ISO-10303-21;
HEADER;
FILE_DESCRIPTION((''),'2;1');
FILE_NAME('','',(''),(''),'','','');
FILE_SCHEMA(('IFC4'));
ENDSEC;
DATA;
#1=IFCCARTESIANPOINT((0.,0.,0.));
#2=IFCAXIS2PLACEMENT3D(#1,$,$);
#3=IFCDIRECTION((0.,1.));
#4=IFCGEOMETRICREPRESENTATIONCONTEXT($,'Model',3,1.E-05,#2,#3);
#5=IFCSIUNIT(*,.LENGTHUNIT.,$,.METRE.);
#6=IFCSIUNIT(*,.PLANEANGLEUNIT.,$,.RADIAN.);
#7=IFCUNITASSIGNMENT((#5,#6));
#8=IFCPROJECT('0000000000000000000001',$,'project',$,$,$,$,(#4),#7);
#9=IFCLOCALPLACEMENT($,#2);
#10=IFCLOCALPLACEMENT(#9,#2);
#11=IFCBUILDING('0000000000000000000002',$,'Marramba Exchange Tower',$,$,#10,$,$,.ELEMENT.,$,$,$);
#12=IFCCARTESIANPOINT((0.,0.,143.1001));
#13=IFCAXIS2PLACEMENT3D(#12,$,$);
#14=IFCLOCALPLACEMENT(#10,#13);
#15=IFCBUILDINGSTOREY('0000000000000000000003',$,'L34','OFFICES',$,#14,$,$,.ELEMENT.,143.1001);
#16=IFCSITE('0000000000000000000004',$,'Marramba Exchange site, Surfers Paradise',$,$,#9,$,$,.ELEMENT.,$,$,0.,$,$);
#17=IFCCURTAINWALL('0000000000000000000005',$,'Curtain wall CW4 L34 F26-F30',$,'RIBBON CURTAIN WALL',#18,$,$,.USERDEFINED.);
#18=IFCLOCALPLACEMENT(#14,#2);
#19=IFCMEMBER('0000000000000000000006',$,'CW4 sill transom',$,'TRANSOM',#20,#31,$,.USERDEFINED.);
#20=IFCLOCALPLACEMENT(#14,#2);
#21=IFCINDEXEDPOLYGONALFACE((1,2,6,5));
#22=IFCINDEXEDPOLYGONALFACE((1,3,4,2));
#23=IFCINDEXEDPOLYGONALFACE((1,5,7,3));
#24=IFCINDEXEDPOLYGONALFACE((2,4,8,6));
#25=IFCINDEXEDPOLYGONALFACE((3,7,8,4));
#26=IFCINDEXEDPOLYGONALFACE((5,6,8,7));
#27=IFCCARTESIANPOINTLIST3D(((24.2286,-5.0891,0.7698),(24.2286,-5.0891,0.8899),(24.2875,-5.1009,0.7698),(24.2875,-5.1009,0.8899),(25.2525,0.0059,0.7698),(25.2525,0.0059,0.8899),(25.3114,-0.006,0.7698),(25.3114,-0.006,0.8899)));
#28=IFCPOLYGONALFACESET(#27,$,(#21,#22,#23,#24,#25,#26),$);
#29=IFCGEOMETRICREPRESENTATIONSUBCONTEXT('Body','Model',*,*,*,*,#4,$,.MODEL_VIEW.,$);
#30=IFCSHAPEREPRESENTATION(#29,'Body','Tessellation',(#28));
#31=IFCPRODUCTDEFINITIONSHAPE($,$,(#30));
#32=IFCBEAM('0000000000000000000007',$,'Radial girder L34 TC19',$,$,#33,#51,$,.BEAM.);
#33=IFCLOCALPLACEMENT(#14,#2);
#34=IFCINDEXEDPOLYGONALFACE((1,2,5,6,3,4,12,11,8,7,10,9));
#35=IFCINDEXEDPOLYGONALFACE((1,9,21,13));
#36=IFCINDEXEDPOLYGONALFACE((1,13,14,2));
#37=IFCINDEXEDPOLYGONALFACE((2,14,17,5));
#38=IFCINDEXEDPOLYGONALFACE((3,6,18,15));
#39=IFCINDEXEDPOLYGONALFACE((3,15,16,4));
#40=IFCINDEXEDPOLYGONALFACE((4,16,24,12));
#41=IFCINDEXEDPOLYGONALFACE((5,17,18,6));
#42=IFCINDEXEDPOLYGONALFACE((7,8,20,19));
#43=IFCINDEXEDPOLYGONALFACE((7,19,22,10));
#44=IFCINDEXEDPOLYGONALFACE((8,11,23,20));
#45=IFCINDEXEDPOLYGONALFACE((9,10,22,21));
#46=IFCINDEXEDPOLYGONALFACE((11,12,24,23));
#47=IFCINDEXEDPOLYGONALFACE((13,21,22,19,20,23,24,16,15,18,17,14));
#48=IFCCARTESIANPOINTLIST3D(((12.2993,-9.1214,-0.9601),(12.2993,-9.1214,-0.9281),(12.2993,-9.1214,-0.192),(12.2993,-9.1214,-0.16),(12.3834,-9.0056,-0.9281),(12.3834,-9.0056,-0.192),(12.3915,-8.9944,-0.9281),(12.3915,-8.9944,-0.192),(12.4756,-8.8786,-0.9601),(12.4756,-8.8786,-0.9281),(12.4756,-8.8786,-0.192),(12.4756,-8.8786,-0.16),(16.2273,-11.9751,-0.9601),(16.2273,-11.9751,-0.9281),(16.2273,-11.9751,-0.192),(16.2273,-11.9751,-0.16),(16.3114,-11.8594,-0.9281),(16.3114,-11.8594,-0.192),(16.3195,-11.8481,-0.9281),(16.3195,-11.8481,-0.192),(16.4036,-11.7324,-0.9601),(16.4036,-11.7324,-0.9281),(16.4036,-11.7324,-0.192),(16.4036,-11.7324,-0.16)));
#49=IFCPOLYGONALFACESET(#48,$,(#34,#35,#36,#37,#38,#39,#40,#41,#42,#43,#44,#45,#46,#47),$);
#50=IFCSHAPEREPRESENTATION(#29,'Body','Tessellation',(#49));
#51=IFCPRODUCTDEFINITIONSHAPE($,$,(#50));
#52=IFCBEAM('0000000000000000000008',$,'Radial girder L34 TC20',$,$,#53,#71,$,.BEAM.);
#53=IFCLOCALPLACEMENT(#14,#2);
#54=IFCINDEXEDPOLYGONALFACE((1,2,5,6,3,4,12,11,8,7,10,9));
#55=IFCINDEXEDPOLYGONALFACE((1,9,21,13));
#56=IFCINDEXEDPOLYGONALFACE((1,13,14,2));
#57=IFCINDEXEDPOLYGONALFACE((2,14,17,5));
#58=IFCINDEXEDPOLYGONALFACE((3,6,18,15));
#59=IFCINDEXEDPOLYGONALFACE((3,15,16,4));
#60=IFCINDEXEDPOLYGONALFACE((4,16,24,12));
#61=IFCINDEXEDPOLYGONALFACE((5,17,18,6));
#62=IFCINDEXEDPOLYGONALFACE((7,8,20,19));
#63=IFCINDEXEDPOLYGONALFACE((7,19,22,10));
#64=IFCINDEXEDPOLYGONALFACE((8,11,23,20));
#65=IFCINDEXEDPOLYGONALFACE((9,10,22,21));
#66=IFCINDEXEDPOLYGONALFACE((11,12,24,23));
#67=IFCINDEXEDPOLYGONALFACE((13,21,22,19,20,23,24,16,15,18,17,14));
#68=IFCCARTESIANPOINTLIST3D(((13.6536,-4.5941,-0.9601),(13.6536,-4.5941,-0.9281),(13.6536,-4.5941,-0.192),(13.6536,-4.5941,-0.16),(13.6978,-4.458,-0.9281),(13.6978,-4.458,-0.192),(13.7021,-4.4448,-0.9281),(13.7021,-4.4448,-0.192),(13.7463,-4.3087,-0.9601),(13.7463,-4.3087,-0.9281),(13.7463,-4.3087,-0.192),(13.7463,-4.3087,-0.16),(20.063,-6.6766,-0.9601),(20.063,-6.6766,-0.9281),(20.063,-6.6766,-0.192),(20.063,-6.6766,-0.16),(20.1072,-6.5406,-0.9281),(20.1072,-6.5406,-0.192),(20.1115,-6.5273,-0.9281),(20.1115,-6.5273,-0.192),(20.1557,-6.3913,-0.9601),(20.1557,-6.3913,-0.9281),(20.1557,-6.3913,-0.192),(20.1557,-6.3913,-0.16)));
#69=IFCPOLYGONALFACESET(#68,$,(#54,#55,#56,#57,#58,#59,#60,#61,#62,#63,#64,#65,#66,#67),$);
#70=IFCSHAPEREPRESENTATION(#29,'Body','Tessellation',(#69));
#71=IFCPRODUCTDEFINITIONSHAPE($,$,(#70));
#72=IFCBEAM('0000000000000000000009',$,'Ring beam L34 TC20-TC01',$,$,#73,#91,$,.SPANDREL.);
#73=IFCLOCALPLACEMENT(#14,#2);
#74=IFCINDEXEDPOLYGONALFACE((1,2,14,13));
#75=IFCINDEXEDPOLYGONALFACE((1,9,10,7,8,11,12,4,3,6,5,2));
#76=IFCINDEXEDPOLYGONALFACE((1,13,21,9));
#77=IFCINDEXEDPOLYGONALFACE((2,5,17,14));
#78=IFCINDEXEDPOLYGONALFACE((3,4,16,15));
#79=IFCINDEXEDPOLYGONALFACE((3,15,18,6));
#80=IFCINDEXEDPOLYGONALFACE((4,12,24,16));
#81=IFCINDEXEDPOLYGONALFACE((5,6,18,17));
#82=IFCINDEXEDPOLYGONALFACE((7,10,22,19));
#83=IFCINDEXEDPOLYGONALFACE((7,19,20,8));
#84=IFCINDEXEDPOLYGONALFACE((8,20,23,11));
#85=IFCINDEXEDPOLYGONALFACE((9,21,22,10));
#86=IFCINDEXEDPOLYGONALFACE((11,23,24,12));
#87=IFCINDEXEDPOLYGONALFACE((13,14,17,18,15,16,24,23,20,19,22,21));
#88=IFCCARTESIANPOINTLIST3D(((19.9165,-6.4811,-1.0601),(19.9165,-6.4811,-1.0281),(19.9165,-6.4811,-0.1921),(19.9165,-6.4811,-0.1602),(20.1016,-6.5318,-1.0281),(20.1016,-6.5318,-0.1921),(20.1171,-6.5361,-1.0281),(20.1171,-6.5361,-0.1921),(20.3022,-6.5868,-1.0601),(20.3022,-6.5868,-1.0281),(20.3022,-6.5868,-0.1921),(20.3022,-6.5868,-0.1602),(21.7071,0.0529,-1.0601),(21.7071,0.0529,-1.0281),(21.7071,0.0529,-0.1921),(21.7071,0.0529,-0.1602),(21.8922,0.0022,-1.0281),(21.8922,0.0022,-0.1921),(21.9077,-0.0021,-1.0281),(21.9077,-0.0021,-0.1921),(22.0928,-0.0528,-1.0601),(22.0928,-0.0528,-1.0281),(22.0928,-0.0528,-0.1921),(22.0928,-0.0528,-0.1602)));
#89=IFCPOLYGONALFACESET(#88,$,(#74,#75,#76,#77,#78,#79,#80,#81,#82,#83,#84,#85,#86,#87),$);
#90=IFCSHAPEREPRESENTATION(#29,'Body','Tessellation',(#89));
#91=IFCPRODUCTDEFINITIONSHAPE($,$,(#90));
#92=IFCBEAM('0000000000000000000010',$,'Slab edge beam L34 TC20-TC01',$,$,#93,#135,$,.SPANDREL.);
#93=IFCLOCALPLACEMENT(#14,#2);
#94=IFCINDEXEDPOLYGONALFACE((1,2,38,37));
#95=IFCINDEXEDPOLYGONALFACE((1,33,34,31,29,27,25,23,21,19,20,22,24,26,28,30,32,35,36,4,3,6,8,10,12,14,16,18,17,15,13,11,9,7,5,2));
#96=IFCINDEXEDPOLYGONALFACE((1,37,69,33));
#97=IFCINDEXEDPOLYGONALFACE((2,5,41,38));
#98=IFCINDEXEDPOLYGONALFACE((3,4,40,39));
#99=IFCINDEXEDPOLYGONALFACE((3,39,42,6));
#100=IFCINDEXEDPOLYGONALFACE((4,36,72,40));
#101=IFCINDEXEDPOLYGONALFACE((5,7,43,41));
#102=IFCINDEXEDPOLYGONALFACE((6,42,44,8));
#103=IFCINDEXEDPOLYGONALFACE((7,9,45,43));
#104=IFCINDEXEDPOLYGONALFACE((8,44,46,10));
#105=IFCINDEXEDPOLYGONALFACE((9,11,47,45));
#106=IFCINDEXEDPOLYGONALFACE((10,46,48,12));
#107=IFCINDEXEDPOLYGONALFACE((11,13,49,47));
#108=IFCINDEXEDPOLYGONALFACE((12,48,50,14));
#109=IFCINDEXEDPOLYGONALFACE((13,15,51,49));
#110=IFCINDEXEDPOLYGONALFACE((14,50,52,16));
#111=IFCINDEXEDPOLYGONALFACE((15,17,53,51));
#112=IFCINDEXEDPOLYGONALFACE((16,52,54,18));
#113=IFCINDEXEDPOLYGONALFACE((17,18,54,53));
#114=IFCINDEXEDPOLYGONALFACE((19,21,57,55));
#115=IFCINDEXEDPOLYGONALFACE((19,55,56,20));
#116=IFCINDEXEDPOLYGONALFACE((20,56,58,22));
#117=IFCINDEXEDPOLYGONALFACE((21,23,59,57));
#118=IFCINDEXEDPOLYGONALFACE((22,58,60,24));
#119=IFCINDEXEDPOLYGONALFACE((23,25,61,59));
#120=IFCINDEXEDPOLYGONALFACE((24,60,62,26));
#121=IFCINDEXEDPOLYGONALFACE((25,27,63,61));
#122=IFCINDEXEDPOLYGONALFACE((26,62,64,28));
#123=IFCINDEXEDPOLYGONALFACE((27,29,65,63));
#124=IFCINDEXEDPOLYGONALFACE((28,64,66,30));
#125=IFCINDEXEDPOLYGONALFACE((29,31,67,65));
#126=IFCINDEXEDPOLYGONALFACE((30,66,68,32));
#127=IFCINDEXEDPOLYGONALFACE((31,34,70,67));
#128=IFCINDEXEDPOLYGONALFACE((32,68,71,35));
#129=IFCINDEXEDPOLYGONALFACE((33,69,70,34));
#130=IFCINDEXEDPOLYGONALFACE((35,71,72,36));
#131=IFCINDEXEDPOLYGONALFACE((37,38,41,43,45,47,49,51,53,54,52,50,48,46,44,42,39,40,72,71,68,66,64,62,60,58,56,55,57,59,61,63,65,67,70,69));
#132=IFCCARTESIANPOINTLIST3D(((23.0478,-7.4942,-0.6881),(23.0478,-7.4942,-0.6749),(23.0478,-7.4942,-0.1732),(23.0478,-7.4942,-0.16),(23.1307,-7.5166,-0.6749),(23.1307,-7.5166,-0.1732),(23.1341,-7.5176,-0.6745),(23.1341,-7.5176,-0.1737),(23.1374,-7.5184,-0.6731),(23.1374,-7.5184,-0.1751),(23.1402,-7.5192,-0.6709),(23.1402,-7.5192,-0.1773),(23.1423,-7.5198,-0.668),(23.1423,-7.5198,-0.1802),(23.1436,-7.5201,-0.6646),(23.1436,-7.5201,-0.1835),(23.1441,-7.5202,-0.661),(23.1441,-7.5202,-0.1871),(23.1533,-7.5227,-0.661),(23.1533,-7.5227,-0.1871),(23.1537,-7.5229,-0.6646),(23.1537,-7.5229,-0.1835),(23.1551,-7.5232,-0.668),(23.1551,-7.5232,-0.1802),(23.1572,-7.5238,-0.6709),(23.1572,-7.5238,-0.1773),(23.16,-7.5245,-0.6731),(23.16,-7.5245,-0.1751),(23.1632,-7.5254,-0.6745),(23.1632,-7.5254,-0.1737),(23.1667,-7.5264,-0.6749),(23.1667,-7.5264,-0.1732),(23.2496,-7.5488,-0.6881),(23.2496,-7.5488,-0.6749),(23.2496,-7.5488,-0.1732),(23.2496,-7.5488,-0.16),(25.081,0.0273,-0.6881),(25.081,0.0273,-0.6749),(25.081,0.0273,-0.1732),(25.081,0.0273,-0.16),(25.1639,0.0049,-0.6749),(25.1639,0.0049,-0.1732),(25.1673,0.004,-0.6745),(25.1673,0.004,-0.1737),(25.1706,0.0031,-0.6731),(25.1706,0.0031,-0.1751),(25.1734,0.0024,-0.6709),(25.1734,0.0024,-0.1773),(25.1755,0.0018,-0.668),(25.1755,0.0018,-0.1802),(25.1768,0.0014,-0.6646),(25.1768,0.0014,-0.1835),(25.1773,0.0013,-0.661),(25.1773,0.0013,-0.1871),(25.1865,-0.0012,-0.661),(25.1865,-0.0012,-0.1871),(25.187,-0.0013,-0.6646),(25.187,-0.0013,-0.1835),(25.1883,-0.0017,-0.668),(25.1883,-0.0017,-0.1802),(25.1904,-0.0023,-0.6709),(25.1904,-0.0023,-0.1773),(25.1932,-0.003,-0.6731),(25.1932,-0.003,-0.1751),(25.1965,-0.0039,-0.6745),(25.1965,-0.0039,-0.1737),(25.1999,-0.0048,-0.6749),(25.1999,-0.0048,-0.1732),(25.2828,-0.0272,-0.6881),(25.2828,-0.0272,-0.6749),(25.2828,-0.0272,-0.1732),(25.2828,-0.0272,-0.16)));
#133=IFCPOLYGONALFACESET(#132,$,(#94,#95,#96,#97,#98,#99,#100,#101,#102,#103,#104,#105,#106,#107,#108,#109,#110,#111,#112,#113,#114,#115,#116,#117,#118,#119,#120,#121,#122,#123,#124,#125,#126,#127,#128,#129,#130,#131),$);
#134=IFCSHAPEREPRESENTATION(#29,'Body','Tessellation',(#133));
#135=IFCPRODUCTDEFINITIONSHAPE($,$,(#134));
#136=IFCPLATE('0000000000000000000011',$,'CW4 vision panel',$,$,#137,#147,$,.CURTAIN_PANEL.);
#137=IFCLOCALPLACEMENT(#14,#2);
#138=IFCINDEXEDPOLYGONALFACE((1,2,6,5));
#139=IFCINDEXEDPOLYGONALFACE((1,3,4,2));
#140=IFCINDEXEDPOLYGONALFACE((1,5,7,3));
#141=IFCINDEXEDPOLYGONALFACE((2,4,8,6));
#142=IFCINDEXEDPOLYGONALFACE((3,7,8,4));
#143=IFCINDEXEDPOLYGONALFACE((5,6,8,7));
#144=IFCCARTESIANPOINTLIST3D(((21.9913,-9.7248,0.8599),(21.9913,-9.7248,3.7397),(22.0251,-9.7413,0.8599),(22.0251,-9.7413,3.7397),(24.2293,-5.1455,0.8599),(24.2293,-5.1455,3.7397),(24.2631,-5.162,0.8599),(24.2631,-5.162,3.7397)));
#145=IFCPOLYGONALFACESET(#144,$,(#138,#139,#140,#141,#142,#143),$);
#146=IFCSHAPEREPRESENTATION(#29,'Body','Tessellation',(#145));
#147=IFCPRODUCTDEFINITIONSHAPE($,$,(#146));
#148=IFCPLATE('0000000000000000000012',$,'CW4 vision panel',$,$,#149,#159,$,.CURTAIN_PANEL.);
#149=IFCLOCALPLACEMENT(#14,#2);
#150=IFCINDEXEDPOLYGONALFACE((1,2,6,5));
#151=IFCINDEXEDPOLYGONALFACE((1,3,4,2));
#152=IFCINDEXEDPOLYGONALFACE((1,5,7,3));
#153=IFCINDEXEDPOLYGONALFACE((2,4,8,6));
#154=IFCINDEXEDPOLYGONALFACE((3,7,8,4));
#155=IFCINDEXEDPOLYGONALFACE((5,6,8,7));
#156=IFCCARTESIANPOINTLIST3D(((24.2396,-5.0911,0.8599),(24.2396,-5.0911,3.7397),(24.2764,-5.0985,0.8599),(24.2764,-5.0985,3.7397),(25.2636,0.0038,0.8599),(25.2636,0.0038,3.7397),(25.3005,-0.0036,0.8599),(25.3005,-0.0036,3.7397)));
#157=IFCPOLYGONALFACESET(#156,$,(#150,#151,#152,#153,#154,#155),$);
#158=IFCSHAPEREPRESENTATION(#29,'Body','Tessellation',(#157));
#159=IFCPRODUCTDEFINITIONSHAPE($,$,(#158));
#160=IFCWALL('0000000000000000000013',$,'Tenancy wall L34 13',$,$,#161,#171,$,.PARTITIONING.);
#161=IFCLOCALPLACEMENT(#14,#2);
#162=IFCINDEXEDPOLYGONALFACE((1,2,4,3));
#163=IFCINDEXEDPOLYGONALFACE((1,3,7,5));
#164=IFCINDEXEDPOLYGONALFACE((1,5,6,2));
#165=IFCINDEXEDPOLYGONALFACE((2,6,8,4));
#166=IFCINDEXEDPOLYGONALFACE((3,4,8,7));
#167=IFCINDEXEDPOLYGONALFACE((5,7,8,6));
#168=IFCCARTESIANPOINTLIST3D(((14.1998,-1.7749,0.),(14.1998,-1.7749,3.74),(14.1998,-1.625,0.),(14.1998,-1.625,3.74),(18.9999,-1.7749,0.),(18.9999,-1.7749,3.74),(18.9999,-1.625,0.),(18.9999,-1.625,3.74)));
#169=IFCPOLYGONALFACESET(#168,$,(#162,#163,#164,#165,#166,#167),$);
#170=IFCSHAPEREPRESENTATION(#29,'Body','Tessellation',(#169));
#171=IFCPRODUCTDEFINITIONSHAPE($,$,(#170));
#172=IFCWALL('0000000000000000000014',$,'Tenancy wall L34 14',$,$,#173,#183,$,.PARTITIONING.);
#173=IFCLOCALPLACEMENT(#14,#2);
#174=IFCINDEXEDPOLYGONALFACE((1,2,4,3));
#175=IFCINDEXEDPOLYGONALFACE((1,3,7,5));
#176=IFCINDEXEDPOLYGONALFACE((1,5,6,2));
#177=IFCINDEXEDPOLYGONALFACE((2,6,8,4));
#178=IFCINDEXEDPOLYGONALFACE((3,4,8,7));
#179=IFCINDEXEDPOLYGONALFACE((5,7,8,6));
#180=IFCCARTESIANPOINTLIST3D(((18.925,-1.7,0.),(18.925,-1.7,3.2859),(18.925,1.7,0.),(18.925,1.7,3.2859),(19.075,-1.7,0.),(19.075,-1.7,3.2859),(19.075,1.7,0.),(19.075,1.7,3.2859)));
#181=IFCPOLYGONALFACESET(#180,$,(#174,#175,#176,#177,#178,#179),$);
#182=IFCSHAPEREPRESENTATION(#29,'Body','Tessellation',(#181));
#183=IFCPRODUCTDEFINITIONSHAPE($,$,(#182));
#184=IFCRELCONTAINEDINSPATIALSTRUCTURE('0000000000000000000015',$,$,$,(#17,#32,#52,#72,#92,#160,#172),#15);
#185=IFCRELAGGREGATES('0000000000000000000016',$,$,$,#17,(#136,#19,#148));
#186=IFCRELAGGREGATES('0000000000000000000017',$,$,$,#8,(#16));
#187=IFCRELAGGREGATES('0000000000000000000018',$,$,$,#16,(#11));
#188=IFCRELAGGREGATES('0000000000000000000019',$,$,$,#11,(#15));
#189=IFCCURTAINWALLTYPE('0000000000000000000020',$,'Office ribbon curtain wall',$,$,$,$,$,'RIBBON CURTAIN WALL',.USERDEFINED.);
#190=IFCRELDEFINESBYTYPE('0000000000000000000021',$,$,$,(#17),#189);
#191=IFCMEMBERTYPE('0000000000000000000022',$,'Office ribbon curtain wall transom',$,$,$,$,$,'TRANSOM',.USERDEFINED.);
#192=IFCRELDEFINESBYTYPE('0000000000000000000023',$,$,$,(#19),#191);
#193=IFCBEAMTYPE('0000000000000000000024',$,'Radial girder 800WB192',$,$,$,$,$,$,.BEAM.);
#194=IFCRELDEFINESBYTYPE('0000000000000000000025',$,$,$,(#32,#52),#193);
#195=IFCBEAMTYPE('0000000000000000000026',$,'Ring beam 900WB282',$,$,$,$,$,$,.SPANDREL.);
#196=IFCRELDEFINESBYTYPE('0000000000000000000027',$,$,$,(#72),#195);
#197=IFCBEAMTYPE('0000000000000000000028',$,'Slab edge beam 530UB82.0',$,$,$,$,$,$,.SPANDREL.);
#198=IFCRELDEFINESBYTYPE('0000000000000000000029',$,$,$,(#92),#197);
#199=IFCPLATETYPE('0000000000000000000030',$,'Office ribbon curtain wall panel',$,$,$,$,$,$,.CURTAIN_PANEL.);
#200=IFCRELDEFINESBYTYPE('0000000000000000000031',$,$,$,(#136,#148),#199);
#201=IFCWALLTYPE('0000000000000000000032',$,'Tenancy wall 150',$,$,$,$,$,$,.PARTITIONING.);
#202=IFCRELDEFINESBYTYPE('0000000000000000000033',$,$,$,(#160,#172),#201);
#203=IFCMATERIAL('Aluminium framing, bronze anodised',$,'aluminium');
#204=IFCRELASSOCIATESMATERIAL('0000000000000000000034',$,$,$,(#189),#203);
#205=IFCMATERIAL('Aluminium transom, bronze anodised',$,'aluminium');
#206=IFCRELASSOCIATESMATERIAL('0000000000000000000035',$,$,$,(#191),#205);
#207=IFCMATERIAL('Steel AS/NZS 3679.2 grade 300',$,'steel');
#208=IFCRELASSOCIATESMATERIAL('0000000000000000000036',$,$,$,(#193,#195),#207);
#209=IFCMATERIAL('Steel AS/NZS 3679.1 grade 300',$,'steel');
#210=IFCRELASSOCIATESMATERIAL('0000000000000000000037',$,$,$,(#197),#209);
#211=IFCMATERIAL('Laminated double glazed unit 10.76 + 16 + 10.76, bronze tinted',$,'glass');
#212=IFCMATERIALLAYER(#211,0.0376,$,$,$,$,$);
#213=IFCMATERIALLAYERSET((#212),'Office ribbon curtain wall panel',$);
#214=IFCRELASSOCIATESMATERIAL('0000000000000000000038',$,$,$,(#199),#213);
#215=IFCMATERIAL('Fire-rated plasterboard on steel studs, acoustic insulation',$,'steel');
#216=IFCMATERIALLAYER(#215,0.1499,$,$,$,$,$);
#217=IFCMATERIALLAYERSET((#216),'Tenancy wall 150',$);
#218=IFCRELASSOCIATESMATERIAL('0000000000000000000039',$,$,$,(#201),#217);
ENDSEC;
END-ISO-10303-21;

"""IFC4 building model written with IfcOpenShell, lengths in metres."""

from ifc_helpers import new_model, si_unit, direction, frame, frame_2d, origin, origin_2d, place, context, subcontext, project, spatial, rectangle, i_section, extrude, material, layer, layer_set, material_profile, profile_set, type_object, element, aggregate, save


model = new_model("IFC4")

# Units and contexts
model_context = context("Model", 3, precision=1e-05, world=origin(), true_north=direction((0.0, 1.0)))
body_context = subcontext(model_context, "Body", "Model", "MODEL_VIEW")
ifc_project = project(units=[si_unit("LENGTHUNIT", "METRE"), si_unit("PLANEANGLEUNIT", "RADIAN")], contexts=[model_context])

# Site, building, storey
site_placement = place(None, origin())
site = spatial("IfcSite", under=ifc_project, at=site_placement, Name="Marramba Exchange site, Surfers Paradise", CompositionType="ELEMENT", RefElevation=0.0)
building_placement = place(site_placement, origin())
building = spatial("IfcBuilding", under=site, at=building_placement, Name="Marramba Exchange Tower", CompositionType="ELEMENT")
storey_placement = place(building_placement, frame((0.0, 0.0, 143.1001)))
storey = spatial("IfcBuildingStorey", under=building, at=storey_placement, Name="L34", Description="OFFICES", CompositionType="ELEMENT", Elevation=143.1001)

# Shared definitions
ifc_material_1 = material(Name="Steel AS/NZS 3679.2 grade 300", Category="steel")
ifc_material_2 = material(Name="Steel AS/NZS 3679.1 grade 300", Category="steel")

# Curtain wall, member
ifc_material_3 = material(Name="Aluminium framing, bronze anodised", Category="aluminium")
curtain_wall_type = type_object("IfcCurtainWallType", Name="Office ribbon curtain wall", ElementType="RIBBON CURTAIN WALL", PredefinedType="USERDEFINED", material=ifc_material_3)
curtain_wall_placement = place(storey_placement, origin())
curtain_wall = element("IfcCurtainWall", 1, at=curtain_wall_placement, inside=storey, type_object=curtain_wall_type, Name="Curtain wall CW4 L34 F26-F30", ObjectType="RIBBON CURTAIN WALL", PredefinedType="USERDEFINED")
ifc_material_4 = material(Name="Aluminium transom, bronze anodised", Category="aluminium")
ifc_material_profile_1 = material_profile(ifc_material_4, rectangle(XDim=0.0601, YDim=0.1201, at=origin_2d()), Name="CW4 transom 60x120")
ifc_profile_set_1 = profile_set([ifc_material_profile_1], Name="Aluminium transom, bronze anodised")
member_type_1 = type_object("IfcMemberType", Name="Office ribbon curtain wall transom", ElementType="TRANSOM", PredefinedType="USERDEFINED", material=ifc_profile_set_1)
member_1_placement = place(storey_placement, frame((24.2581, -5.095, 0.8298), z_axis=(0.197029, 0.980398, 0.0), x_axis=(-0.980398, 0.197029, 0.0)))
member_1 = element("IfcMember", 2, at=member_1_placement, type_object=member_type_1, Name="CW4 sill transom", ObjectType="TRANSOM", PredefinedType="USERDEFINED", context=body_context, shape_type="SweptSolid", body=[
    extrude(rectangle(XDim=0.0601, YDim=0.1201, at=origin_2d()), origin(), (0.0, 0.0, 1.0), 5.1968),
])

# Beams
ifc_material_profile_2 = material_profile(ifc_material_1, i_section(OverallWidth=0.3, OverallDepth=0.8, WebThickness=0.0139, FlangeThickness=0.032, at=origin_2d()), Name="800WB192")
ifc_profile_set_2 = profile_set([ifc_material_profile_2], Name="Steel AS/NZS 3679.2 grade 300")
beam_type_1 = type_object("IfcBeamType", Name="Radial girder 800WB192", PredefinedType="BEAM", material=ifc_profile_set_2)
beam_1_placement = place(storey_placement, frame((12.3875, -9.0, -0.5601), z_axis=(0.809025, -0.587774, 0.0), x_axis=(0.587774, 0.809025, 0.0)))
element("IfcBeam", 3, at=beam_1_placement, inside=storey, type_object=beam_type_1, Name="Radial girder L34 TC19", PredefinedType="BEAM", context=body_context, shape_type="SweptSolid", body=[
    extrude(i_section(OverallWidth=0.3, OverallDepth=0.8, WebThickness=0.0139, FlangeThickness=0.032, at=origin_2d()), origin(), (0.0, 0.0, 1.0), 4.8552),
])
beam_2_placement = place(storey_placement, frame((13.7, -4.4514, -0.5601), z_axis=(0.951058, -0.309013, 0.0), x_axis=(0.309013, 0.951058, 0.0)))
element("IfcBeam", 4, at=beam_2_placement, inside=storey, type_object=beam_type_1, Name="Radial girder L34 TC20", PredefinedType="BEAM", context=body_context, shape_type="SweptSolid", body=[
    extrude(i_section(OverallWidth=0.3, OverallDepth=0.8, WebThickness=0.0139, FlangeThickness=0.032, at=origin_2d()), origin(), (0.0, 0.0, 1.0), 6.7393),
])
ifc_material_profile_3 = material_profile(ifc_material_1, i_section(OverallWidth=0.3999, OverallDepth=0.8999, WebThickness=0.0161, FlangeThickness=0.032, at=origin_2d()), Name="900WB282")
ifc_profile_set_3 = profile_set([ifc_material_profile_3], Name="Steel AS/NZS 3679.2 grade 300")
beam_type_2 = type_object("IfcBeamType", Name="Ring beam 900WB282", PredefinedType="SPANDREL", material=ifc_profile_set_3)
beam_3_placement = place(storey_placement, frame((20.1094, -6.5339, -0.6101), z_axis=(0.264291, 0.964443, 0.0), x_axis=(-0.964443, 0.264291, 0.0)))
element("IfcBeam", 5, at=beam_3_placement, inside=storey, type_object=beam_type_2, Name="Ring beam L34 TC20-TC01", PredefinedType="SPANDREL", context=body_context, shape_type="SweptSolid", body=[
    extrude(i_section(OverallWidth=0.3999, OverallDepth=0.8999, WebThickness=0.0161, FlangeThickness=0.032, at=origin_2d()), origin(), (0.0, 0.0, 1.0), 6.7749),
])
ifc_material_profile_4 = material_profile(ifc_material_2, i_section(OverallWidth=0.209, OverallDepth=0.5281, WebThickness=0.0095, FlangeThickness=0.0132, FilletRadius=0.0139, at=origin_2d()), Name="530UB82.0")
ifc_profile_set_4 = profile_set([ifc_material_profile_4], Name="Steel AS/NZS 3679.1 grade 300")
beam_type_3 = type_object("IfcBeamType", Name="Slab edge beam 530UB82.0", PredefinedType="SPANDREL", material=ifc_profile_set_4)
beam_4_placement = place(storey_placement, frame((23.1487, -7.5215, -0.4241), z_axis=(0.260953, 0.965351, 0.0), x_axis=(-0.965351, 0.260953, 0.0)))
element("IfcBeam", 6, at=beam_4_placement, inside=storey, type_object=beam_type_3, Name="Slab edge beam L34 TC20-TC01", PredefinedType="SPANDREL", context=body_context, shape_type="SweptSolid", body=[
    extrude(i_section(OverallWidth=0.209, OverallDepth=0.5281, WebThickness=0.0095, FlangeThickness=0.0132, FilletRadius=0.0139, at=origin_2d()), origin(), (0.0, 0.0, 1.0), 7.7915),
])

# Plates
ifc_material_5 = material(Name="Laminated double glazed unit 10.76 + 16 + 10.76, bronze tinted", Category="glass")
ifc_layer_1 = layer(ifc_material_5, 0.0376)
ifc_layer_set_1 = layer_set([ifc_layer_1], Name="Office ribbon curtain wall panel")
plate_type = type_object("IfcPlateType", Name="Office ribbon curtain wall panel", PredefinedType="CURTAIN_PANEL", material=ifc_layer_set_1)
plate_1_placement = place(storey_placement, frame((23.1272, -7.4434, 0.8599), z_axis=(0.0, 0.0, 1.0), x_axis=(0.439086, 0.898445, 0.0)))
plate_1 = element("IfcPlate", 7, at=plate_1_placement, type_object=plate_type, Name="CW4 vision panel", PredefinedType="CURTAIN_PANEL", context=body_context, shape_type="SweptSolid", body=[
    extrude(rectangle(XDim=5.0969, YDim=0.0376, at=origin_2d()), origin(), (0.0, 0.0, 1.0), 2.8799),
])
plate_2_placement = place(storey_placement, frame((24.77, -2.5474, 0.8599), z_axis=(0.0, 0.0, 1.0), x_axis=(0.197049, 0.980394, 0.0)))
plate_2 = element("IfcPlate", 8, at=plate_2_placement, type_object=plate_type, Name="CW4 vision panel", PredefinedType="CURTAIN_PANEL", context=body_context, shape_type="SweptSolid", body=[
    extrude(rectangle(XDim=5.1968, YDim=0.0376, at=origin_2d()), origin(), (0.0, 0.0, 1.0), 2.8799),
])
aggregate(curtain_wall, [plate_1, member_1, plate_2])

# Walls
ifc_material_6 = material(Name="Fire-rated plasterboard on steel studs, acoustic insulation", Category="steel")
ifc_layer_2 = layer(ifc_material_6, 0.1499)
ifc_layer_set_2 = layer_set([ifc_layer_2], Name="Tenancy wall 150")
wall_type_1 = type_object("IfcWallType", Name="Tenancy wall 150", PredefinedType="PARTITIONING", material=ifc_layer_set_2)
wall_1_placement = place(storey_placement, frame((14.2, -1.7, 0.0), z_axis=(0.0, 0.0, 1.0), x_axis=(1.0, 0.0, 0.0)))
element("IfcWall", 9, at=wall_1_placement, inside=storey, type_object=wall_type_1, Name="Tenancy wall L34 13", PredefinedType="PARTITIONING", context=body_context, shape_type="SweptSolid", body=[
    extrude(rectangle(XDim=4.8, YDim=0.1499, at=frame_2d((2.3999, 0.0))), origin(), (0.0, 0.0, 1.0), 3.74),
])
wall_2_placement = place(storey_placement, frame((19.0, -1.7, 0.0), z_axis=(0.0, 0.0, 1.0), x_axis=(0.0, 1.0, 0.0)))
element("IfcWall", 10, at=wall_2_placement, inside=storey, type_object=wall_type_1, Name="Tenancy wall L34 14", PredefinedType="PARTITIONING", context=body_context, shape_type="SweptSolid", body=[
    extrude(rectangle(XDim=3.3999, YDim=0.1499, at=frame_2d((1.7, 0.0))), origin(), (0.0, 0.0, 1.0), 3.2859),
])

save(model, "model.ifc")
